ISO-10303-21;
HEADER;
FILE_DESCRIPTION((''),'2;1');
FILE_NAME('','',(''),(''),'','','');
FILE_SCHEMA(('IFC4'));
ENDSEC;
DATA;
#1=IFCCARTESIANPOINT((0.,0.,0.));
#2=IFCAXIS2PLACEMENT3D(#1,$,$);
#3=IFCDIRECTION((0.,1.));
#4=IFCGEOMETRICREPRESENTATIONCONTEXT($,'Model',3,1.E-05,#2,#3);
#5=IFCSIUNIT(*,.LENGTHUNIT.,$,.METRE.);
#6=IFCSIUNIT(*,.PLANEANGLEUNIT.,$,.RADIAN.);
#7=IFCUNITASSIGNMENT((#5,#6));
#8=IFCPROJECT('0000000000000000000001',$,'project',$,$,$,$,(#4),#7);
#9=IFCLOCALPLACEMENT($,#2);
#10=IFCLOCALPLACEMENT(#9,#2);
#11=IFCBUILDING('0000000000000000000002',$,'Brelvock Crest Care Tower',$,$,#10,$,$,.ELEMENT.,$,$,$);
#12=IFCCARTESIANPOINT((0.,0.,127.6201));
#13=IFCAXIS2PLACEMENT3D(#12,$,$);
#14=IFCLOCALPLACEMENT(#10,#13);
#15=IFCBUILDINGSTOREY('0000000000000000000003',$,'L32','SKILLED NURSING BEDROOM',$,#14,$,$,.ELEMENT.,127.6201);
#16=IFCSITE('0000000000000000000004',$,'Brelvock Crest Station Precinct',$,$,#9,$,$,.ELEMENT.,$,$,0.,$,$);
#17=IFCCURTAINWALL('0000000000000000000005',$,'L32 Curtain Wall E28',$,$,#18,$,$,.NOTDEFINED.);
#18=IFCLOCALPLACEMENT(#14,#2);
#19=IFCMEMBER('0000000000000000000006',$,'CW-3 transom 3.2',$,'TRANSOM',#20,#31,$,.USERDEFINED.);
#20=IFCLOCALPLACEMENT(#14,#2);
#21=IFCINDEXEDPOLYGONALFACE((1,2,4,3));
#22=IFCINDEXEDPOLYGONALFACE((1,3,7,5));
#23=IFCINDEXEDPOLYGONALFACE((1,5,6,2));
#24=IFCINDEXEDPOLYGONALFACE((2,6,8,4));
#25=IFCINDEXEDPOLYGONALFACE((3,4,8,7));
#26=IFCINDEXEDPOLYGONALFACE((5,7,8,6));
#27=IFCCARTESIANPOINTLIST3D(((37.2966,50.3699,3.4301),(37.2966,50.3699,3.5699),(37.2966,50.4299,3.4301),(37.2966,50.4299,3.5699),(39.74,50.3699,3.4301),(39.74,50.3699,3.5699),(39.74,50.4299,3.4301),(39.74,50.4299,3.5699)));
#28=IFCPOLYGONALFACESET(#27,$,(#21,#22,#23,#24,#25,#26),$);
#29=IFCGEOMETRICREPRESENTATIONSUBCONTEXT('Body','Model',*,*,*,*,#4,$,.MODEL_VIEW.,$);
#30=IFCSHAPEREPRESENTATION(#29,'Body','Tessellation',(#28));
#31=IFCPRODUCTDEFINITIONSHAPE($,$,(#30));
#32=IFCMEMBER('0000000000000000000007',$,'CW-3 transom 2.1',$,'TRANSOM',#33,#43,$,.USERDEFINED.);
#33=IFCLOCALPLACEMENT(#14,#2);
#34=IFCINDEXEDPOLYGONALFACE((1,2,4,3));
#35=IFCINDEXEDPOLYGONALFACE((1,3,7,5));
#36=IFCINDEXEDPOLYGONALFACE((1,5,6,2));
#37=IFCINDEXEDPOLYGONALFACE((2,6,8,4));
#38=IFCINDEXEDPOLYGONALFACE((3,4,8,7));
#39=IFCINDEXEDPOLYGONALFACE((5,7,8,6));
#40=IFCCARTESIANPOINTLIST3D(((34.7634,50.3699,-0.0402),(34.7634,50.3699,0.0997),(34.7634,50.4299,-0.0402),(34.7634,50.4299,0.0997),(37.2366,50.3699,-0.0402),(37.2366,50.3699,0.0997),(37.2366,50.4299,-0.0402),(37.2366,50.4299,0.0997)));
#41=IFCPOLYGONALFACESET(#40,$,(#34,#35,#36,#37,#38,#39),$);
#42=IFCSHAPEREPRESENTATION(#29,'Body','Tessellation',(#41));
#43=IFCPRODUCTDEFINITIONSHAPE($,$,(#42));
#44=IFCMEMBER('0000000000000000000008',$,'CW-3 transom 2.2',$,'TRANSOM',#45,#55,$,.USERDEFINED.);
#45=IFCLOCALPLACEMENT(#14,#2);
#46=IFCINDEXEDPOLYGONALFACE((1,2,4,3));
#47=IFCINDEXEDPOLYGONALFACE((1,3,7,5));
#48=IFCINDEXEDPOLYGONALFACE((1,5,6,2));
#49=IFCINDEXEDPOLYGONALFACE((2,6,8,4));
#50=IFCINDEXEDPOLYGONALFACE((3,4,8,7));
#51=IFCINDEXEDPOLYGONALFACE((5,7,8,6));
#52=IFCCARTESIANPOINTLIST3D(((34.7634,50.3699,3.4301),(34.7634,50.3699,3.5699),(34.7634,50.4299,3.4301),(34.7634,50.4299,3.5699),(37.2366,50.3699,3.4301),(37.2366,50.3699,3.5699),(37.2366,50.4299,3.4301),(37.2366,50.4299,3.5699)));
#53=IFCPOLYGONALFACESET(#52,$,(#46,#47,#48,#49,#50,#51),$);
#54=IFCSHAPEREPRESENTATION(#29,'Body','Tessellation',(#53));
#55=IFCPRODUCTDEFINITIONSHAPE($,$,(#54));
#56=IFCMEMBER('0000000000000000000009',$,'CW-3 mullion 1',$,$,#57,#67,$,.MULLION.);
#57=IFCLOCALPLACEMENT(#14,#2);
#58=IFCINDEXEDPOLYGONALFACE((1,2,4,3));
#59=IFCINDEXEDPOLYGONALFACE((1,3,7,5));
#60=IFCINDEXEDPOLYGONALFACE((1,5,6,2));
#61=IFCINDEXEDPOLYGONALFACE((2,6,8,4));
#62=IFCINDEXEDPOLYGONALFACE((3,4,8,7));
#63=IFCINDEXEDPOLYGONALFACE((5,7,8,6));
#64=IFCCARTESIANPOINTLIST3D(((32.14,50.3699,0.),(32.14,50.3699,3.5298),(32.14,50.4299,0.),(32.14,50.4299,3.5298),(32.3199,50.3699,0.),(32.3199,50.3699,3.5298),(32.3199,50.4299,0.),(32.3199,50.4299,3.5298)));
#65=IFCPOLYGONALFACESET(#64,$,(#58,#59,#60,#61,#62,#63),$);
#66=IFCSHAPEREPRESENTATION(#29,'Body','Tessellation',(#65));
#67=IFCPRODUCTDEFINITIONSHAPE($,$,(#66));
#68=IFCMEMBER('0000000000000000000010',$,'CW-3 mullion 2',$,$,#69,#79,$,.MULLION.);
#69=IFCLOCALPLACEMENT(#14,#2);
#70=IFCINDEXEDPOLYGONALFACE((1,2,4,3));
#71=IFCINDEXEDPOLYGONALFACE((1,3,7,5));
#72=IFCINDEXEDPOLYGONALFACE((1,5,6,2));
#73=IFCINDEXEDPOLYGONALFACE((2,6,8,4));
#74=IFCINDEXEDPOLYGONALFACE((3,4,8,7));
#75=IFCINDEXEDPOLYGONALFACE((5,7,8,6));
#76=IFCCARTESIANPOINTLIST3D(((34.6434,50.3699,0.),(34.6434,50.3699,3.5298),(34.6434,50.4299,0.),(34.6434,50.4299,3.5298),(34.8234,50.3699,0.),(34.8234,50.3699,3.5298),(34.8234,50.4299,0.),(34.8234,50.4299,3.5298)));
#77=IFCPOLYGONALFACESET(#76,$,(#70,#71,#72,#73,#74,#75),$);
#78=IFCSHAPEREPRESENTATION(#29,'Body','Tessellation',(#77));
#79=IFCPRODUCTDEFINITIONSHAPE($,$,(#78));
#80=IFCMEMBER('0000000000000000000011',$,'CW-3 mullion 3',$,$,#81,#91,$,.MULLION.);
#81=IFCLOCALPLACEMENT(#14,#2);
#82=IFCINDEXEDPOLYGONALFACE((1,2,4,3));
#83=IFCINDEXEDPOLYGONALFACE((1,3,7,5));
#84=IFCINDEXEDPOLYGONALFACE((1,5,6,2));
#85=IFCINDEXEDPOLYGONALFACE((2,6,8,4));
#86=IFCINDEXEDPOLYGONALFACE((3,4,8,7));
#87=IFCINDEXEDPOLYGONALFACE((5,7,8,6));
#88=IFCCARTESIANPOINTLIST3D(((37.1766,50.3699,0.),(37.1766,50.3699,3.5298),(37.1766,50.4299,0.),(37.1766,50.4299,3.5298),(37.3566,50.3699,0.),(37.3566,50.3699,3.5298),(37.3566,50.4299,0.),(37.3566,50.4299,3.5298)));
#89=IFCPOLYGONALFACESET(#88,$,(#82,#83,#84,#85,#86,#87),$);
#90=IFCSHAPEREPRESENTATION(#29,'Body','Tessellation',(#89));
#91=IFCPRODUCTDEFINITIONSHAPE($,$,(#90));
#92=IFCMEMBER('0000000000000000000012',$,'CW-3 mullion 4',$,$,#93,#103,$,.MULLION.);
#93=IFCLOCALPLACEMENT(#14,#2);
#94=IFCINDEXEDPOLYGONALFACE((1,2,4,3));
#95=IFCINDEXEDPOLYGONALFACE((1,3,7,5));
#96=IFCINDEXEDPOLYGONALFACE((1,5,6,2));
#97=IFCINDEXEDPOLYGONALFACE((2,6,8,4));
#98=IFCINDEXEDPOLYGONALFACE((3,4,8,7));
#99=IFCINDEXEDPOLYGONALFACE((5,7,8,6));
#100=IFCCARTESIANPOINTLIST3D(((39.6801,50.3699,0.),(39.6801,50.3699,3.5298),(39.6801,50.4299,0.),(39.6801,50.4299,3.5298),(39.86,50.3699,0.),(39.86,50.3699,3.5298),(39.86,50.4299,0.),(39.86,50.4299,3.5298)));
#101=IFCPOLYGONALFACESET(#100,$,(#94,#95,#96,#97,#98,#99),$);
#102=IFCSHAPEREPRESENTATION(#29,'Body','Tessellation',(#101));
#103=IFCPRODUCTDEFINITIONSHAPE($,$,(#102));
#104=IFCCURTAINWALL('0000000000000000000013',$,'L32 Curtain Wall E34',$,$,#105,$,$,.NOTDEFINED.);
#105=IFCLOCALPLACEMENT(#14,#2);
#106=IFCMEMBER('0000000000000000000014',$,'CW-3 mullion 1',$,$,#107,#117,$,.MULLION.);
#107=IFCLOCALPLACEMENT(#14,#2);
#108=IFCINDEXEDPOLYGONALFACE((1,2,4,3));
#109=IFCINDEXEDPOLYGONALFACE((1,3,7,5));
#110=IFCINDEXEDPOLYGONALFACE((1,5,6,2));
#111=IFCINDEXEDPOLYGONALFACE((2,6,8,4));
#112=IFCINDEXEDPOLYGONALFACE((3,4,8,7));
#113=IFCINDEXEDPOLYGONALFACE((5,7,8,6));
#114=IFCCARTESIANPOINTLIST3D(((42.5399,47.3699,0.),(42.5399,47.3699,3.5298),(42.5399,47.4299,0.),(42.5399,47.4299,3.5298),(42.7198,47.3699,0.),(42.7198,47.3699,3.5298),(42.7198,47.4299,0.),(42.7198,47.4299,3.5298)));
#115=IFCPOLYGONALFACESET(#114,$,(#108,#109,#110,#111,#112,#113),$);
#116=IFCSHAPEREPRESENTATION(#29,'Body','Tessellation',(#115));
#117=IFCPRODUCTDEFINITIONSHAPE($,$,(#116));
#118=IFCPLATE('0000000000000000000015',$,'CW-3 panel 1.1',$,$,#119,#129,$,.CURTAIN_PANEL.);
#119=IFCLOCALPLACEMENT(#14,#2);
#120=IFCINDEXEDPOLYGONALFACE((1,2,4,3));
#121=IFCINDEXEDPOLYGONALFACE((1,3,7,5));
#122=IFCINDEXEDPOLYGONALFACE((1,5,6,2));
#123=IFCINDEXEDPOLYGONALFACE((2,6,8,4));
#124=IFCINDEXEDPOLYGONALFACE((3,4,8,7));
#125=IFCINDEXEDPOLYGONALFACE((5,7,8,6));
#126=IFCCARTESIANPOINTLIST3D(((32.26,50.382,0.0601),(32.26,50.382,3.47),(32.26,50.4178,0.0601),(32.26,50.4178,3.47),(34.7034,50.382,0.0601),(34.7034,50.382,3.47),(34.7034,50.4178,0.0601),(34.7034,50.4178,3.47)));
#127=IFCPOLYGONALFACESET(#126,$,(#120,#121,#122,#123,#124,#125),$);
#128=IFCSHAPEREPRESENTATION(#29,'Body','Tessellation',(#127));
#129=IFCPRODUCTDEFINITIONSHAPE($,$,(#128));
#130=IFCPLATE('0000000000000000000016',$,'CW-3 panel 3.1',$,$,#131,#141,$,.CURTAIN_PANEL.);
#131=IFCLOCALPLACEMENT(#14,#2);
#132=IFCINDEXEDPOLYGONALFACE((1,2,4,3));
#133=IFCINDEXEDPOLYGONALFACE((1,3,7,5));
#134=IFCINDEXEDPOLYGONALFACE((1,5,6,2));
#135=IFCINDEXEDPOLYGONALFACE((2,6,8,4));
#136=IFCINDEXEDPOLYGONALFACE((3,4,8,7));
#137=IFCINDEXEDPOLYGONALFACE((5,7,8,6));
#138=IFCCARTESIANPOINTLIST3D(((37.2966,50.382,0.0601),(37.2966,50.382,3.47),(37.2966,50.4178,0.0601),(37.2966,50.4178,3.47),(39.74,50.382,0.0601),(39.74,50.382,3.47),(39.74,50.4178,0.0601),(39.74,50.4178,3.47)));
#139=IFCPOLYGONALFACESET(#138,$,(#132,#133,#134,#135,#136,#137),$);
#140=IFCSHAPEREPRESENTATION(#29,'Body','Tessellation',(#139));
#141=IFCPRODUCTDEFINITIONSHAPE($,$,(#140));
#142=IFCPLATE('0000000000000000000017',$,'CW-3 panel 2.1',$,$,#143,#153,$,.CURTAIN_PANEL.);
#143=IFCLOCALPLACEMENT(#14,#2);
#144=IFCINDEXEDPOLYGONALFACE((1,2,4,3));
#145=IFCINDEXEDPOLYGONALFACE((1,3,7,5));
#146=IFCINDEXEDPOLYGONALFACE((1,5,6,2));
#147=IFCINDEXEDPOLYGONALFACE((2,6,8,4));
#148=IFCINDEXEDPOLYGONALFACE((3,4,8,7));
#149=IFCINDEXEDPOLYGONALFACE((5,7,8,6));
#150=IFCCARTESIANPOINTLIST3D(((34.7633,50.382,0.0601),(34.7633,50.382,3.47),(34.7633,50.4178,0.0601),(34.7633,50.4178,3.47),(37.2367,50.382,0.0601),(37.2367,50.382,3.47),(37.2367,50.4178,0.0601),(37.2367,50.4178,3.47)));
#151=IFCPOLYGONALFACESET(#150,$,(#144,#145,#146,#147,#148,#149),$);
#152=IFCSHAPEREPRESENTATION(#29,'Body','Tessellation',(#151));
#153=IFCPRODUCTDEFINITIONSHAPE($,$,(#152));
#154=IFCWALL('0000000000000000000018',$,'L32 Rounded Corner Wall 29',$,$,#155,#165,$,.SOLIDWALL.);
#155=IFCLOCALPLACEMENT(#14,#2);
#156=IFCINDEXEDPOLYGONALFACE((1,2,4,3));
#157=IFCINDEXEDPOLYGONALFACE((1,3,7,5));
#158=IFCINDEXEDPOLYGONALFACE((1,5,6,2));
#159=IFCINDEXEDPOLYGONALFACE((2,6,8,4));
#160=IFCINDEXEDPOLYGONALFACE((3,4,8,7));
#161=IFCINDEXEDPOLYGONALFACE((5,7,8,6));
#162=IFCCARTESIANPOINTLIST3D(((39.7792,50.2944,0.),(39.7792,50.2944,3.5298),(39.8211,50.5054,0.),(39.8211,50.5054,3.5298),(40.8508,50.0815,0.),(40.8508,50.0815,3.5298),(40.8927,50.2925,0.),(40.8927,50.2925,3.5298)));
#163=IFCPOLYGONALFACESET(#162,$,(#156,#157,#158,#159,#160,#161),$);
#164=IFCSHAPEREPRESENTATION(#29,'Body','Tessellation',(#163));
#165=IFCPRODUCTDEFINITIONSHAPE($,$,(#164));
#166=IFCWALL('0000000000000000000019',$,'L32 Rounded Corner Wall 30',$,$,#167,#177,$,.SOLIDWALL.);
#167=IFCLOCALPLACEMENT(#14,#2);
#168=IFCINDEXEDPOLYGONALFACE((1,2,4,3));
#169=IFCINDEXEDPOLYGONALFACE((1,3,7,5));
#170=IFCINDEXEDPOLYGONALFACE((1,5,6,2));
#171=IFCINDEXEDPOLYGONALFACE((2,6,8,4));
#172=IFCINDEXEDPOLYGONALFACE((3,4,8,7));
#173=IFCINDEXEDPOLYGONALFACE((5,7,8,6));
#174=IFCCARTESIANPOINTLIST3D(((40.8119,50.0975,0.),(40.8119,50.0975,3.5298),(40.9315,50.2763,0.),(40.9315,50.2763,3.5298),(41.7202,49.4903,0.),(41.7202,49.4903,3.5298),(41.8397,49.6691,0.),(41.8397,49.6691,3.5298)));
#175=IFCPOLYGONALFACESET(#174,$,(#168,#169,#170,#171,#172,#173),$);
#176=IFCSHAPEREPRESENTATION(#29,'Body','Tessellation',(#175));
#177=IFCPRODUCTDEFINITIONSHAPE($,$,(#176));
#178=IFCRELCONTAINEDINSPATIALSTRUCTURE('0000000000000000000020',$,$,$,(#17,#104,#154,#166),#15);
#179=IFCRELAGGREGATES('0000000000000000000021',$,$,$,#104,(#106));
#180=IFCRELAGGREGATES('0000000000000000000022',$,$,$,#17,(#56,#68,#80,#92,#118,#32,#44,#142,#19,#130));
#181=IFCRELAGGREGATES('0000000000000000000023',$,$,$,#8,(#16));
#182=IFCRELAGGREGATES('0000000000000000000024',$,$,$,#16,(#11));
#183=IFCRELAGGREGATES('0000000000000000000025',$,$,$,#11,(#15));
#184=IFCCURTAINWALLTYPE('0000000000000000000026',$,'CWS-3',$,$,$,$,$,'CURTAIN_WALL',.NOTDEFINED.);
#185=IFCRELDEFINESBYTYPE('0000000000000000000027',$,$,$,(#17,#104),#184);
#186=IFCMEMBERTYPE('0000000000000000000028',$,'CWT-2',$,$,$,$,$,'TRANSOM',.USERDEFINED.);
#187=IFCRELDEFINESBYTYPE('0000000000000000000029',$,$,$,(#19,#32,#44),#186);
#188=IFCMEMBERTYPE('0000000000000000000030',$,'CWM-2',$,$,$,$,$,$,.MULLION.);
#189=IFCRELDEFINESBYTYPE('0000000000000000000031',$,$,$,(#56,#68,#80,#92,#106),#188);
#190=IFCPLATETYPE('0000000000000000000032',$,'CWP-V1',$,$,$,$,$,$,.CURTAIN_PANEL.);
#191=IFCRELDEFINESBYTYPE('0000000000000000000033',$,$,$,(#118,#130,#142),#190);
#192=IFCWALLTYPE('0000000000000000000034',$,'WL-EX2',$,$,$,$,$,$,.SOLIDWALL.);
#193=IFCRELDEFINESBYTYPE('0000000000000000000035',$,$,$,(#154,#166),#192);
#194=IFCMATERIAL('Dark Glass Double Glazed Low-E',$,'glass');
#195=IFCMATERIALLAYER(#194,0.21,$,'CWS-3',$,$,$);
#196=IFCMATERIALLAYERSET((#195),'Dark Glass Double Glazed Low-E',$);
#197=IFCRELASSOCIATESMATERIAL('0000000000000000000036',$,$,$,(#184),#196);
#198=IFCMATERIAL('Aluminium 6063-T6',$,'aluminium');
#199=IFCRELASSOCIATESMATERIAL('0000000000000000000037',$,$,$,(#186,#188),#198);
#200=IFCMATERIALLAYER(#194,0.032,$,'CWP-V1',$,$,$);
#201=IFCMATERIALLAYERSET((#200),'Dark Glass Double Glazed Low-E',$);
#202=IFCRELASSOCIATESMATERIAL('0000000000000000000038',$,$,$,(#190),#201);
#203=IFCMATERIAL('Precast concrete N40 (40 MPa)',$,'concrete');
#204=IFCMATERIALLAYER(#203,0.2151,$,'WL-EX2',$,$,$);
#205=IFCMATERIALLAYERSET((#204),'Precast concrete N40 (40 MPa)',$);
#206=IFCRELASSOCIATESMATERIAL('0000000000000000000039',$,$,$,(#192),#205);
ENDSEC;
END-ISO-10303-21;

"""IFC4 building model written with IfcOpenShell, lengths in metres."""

from ifc_helpers import new_model, si_unit, direction, frame, frame_2d, origin, origin_2d, place, context, subcontext, project, spatial, rectangle, extrude, source, transform, mapped, material, layer, layer_set, material_profile, profile_set, type_object, element, aggregate, save


model = new_model("IFC4")

# Units and contexts
model_context = context("Model", 3, precision=1e-05, world=origin(), true_north=direction((0.0, 1.0)))
body_context = subcontext(model_context, "Body", "Model", "MODEL_VIEW")
ifc_project = project(units=[si_unit("LENGTHUNIT", "METRE"), si_unit("PLANEANGLEUNIT", "RADIAN")], contexts=[model_context])

# Site, building, storey
site_placement = place(None, origin())
site = spatial("IfcSite", under=ifc_project, at=site_placement, Name="Brelvock Crest Station Precinct", CompositionType="ELEMENT", RefElevation=0.0)
building_placement = place(site_placement, origin())
building = spatial("IfcBuilding", under=site, at=building_placement, Name="Brelvock Crest Care Tower", CompositionType="ELEMENT")
storey_placement = place(building_placement, frame((0.0, 0.0, 127.6201)))
storey = spatial("IfcBuildingStorey", under=building, at=storey_placement, Name="L32", Description="SKILLED NURSING BEDROOM", CompositionType="ELEMENT", Elevation=127.6201)

# Curtain wall, members
ifc_material_1 = material(Name="Dark Glass Double Glazed Low-E", Category="glass")
ifc_layer_1 = layer(ifc_material_1, 0.21, Name="CWS-3")
ifc_layer_set_1 = layer_set([ifc_layer_1], Name="Dark Glass Double Glazed Low-E")
curtain_wall_type = type_object("IfcCurtainWallType", Name="CWS-3", ElementType="CURTAIN_WALL", PredefinedType="NOTDEFINED", material=ifc_layer_set_1)
curtain_wall_1_placement = place(storey_placement, origin())
curtain_wall_1 = element("IfcCurtainWall", 1, at=curtain_wall_1_placement, inside=storey, type_object=curtain_wall_type, Name="L32 Curtain Wall E28", PredefinedType="NOTDEFINED")
ifc_material_2 = material(Name="Aluminium 6063-T6", Category="aluminium")
ifc_material_profile_1 = material_profile(ifc_material_2, rectangle(XDim=0.0601, YDim=0.1399, at=origin_2d()), Name="ALU60x140")
ifc_profile_set_1 = profile_set([ifc_material_profile_1], Name="Aluminium 6063-T6")
member_type_1 = type_object("IfcMemberType", Name="CWT-2", ElementType="TRANSOM", PredefinedType="USERDEFINED", material=ifc_profile_set_1)
shared_shape_1 = source(origin(), body_context, "Body", "SweptSolid", [
    extrude(rectangle(XDim=0.0601, YDim=0.1399, at=origin_2d()), origin(), (0.0, 0.0, 1.0), 2.4434),
])
member_1_placement = place(storey_placement, frame((37.2966, 50.3999, 3.5), z_axis=(1.0, 0.0, 0.0), x_axis=(0.0, 1.0, 0.0)))
member_1 = element("IfcMember", 2, at=member_1_placement, type_object=member_type_1, Name="CW-3 transom 3.2", ObjectType="TRANSOM", PredefinedType="USERDEFINED", context=body_context, shape_type="MappedRepresentation", body=[
    mapped(shared_shape_1, transform((0.0, 0.0, 0.0), x_axis=(1.0, 0.0, 0.0), y_axis=(0.0, 1.0, 0.0), z_axis=(0.0, 0.0, 1.0), scale=1.0)),
])
shared_shape_2 = source(origin(), body_context, "Body", "SweptSolid", [
    extrude(rectangle(XDim=0.0601, YDim=0.1399, at=origin_2d()), origin(), (0.0, 0.0, 1.0), 2.4731),
])
member_2_placement = place(storey_placement, frame((34.7634, 50.3999, 0.0298), z_axis=(1.0, 0.0, 0.0), x_axis=(0.0, 1.0, 0.0)))
member_2 = element("IfcMember", 3, at=member_2_placement, type_object=member_type_1, Name="CW-3 transom 2.1", ObjectType="TRANSOM", PredefinedType="USERDEFINED", context=body_context, shape_type="MappedRepresentation", body=[
    mapped(shared_shape_2, transform((0.0, 0.0, 0.0), x_axis=(1.0, 0.0, 0.0), y_axis=(0.0, 1.0, 0.0), z_axis=(0.0, 0.0, 1.0), scale=1.0)),
])
member_3_placement = place(storey_placement, frame((34.7634, 50.3999, 3.5), z_axis=(1.0, 0.0, 0.0), x_axis=(0.0, 1.0, 0.0)))
member_3 = element("IfcMember", 4, at=member_3_placement, type_object=member_type_1, Name="CW-3 transom 2.2", ObjectType="TRANSOM", PredefinedType="USERDEFINED", context=body_context, shape_type="MappedRepresentation", body=[
    mapped(shared_shape_2, transform((0.0, 0.0, 0.0), x_axis=(1.0, 0.0, 0.0), y_axis=(0.0, 1.0, 0.0), z_axis=(0.0, 0.0, 1.0), scale=1.0)),
])
ifc_material_profile_2 = material_profile(ifc_material_2, rectangle(XDim=0.0601, YDim=0.1799, at=origin_2d()), Name="ALU60x180")
ifc_profile_set_2 = profile_set([ifc_material_profile_2], Name="Aluminium 6063-T6")
member_type_2 = type_object("IfcMemberType", Name="CWM-2", PredefinedType="MULLION", material=ifc_profile_set_2)
shared_shape_3 = source(origin(), body_context, "Body", "SweptSolid", [
    extrude(rectangle(XDim=0.0601, YDim=0.1799, at=origin_2d()), origin(), (0.0, 0.0, 1.0), 3.5298),
])
member_4_placement = place(storey_placement, frame((32.23, 50.3999, 0.0), z_axis=(0.0, 0.0, 1.0), x_axis=(0.0, 1.0, 0.0)))
member_4 = element("IfcMember", 5, at=member_4_placement, type_object=member_type_2, Name="CW-3 mullion 1", PredefinedType="MULLION", context=body_context, shape_type="MappedRepresentation", body=[
    mapped(shared_shape_3, transform((0.0, 0.0, 0.0), x_axis=(1.0, 0.0, 0.0), y_axis=(0.0, 1.0, 0.0), z_axis=(0.0, 0.0, 1.0), scale=1.0)),
])
member_5_placement = place(storey_placement, frame((34.7334, 50.3999, 0.0), z_axis=(0.0, 0.0, 1.0), x_axis=(0.0, 1.0, 0.0)))
member_5 = element("IfcMember", 6, at=member_5_placement, type_object=member_type_2, Name="CW-3 mullion 2", PredefinedType="MULLION", context=body_context, shape_type="MappedRepresentation", body=[
    mapped(shared_shape_3, transform((0.0, 0.0, 0.0), x_axis=(1.0, 0.0, 0.0), y_axis=(0.0, 1.0, 0.0), z_axis=(0.0, 0.0, 1.0), scale=1.0)),
])
member_6_placement = place(storey_placement, frame((37.2666, 50.3999, 0.0), z_axis=(0.0, 0.0, 1.0), x_axis=(0.0, 1.0, 0.0)))
member_6 = element("IfcMember", 7, at=member_6_placement, type_object=member_type_2, Name="CW-3 mullion 3", PredefinedType="MULLION", context=body_context, shape_type="MappedRepresentation", body=[
    mapped(shared_shape_3, transform((0.0, 0.0, 0.0), x_axis=(1.0, 0.0, 0.0), y_axis=(0.0, 1.0, 0.0), z_axis=(0.0, 0.0, 1.0), scale=1.0)),
])
member_7_placement = place(storey_placement, frame((39.77, 50.3999, 0.0), z_axis=(0.0, 0.0, 1.0), x_axis=(0.0, 1.0, 0.0)))
member_7 = element("IfcMember", 8, at=member_7_placement, type_object=member_type_2, Name="CW-3 mullion 4", PredefinedType="MULLION", context=body_context, shape_type="MappedRepresentation", body=[
    mapped(shared_shape_3, transform((0.0, 0.0, 0.0), x_axis=(1.0, 0.0, 0.0), y_axis=(0.0, 1.0, 0.0), z_axis=(0.0, 0.0, 1.0), scale=1.0)),
])

# Curtain wall, member
curtain_wall_2_placement = place(storey_placement, origin())
curtain_wall_2 = element("IfcCurtainWall", 9, at=curtain_wall_2_placement, inside=storey, type_object=curtain_wall_type, Name="L32 Curtain Wall E34", PredefinedType="NOTDEFINED")
member_8_placement = place(storey_placement, frame((42.6299, 47.3999, 0.0), z_axis=(0.0, 0.0, 1.0), x_axis=(0.0, 1.0, 0.0)))
member_8 = element("IfcMember", 10, at=member_8_placement, type_object=member_type_2, Name="CW-3 mullion 1", PredefinedType="MULLION", context=body_context, shape_type="MappedRepresentation", body=[
    mapped(shared_shape_3, transform((0.0, 0.0, 0.0), x_axis=(1.0, 0.0, 0.0), y_axis=(0.0, 1.0, 0.0), z_axis=(0.0, 0.0, 1.0), scale=1.0)),
])
aggregate(curtain_wall_2, [member_8])

# Plates
ifc_layer_2 = layer(ifc_material_1, 0.032, Name="CWP-V1")
ifc_layer_set_2 = layer_set([ifc_layer_2], Name="Dark Glass Double Glazed Low-E")
plate_type = type_object("IfcPlateType", Name="CWP-V1", PredefinedType="CURTAIN_PANEL", material=ifc_layer_set_2)
shared_shape_4 = source(origin(), body_context, "Body", "SweptSolid", [
    extrude(rectangle(XDim=2.4434, YDim=0.0359, at=origin_2d()), origin(), (0.0, 0.0, 1.0), 3.4099),
])
plate_1_placement = place(storey_placement, frame((33.4817, 50.3999, 0.0601), z_axis=(0.0, 0.0, 1.0), x_axis=(1.0, 0.0, 0.0)))
plate_1 = element("IfcPlate", 11, at=plate_1_placement, type_object=plate_type, Name="CW-3 panel 1.1", PredefinedType="CURTAIN_PANEL", context=body_context, shape_type="MappedRepresentation", body=[
    mapped(shared_shape_4, transform((0.0, 0.0, 0.0), x_axis=(1.0, 0.0, 0.0), y_axis=(0.0, 1.0, 0.0), z_axis=(0.0, 0.0, 1.0), scale=1.0)),
])
plate_2_placement = place(storey_placement, frame((38.5183, 50.3999, 0.0601), z_axis=(0.0, 0.0, 1.0), x_axis=(1.0, 0.0, 0.0)))
plate_2 = element("IfcPlate", 12, at=plate_2_placement, type_object=plate_type, Name="CW-3 panel 3.1", PredefinedType="CURTAIN_PANEL", context=body_context, shape_type="MappedRepresentation", body=[
    mapped(shared_shape_4, transform((0.0, 0.0, 0.0), x_axis=(1.0, 0.0, 0.0), y_axis=(0.0, 1.0, 0.0), z_axis=(0.0, 0.0, 1.0), scale=1.0)),
])
shared_shape_5 = source(origin(), body_context, "Body", "SweptSolid", [
    extrude(rectangle(XDim=2.4734, YDim=0.0359, at=origin_2d()), origin(), (0.0, 0.0, 1.0), 3.4099),
])
plate_3_placement = place(storey_placement, frame((36.0, 50.3999, 0.0601), z_axis=(0.0, 0.0, 1.0), x_axis=(1.0, 0.0, 0.0)))
plate_3 = element("IfcPlate", 13, at=plate_3_placement, type_object=plate_type, Name="CW-3 panel 2.1", PredefinedType="CURTAIN_PANEL", context=body_context, shape_type="MappedRepresentation", body=[
    mapped(shared_shape_5, transform((0.0, 0.0, 0.0), x_axis=(1.0, 0.0, 0.0), y_axis=(0.0, 1.0, 0.0), z_axis=(0.0, 0.0, 1.0), scale=1.0)),
])
aggregate(curtain_wall_1, [member_4, member_5, member_6, member_7, plate_1, member_2, member_3, plate_3, member_1, plate_2])

# Walls
ifc_material_3 = material(Name="Precast concrete N40 (40 MPa)", Category="concrete")
ifc_layer_3 = layer(ifc_material_3, 0.2151, Name="WL-EX2")
ifc_layer_set_3 = layer_set([ifc_layer_3], Name="Precast concrete N40 (40 MPa)")
wall_type_1 = type_object("IfcWallType", Name="WL-EX2", PredefinedType="SOLIDWALL", material=ifc_layer_set_3)
for number, where, z_axis, x_axis, name in (
    (14, (39.8, 50.3999, 0.0), (0.0, 0.0, 1.0), (0.980829, -0.19487, 0.0), "L32 Rounded Corner Wall 29"),
    (15, (40.8716, 50.187, 0.0), (0.0, 0.0, 1.0), (0.831328, -0.555783, 0.0), "L32 Rounded Corner Wall 30"),
):
    element("IfcWall", number, at=place(storey_placement, frame(where, z_axis=z_axis, x_axis=x_axis)), inside=storey, type_object=wall_type_1, Name=name, PredefinedType="SOLIDWALL", context=body_context, shape_type="SweptSolid", body=[
        extrude(rectangle(XDim=1.0925, YDim=0.2151, at=frame_2d((0.5464, 0.0))), origin(), (0.0, 0.0, 1.0), 3.5298),
    ])

save(model, "model.ifc")
